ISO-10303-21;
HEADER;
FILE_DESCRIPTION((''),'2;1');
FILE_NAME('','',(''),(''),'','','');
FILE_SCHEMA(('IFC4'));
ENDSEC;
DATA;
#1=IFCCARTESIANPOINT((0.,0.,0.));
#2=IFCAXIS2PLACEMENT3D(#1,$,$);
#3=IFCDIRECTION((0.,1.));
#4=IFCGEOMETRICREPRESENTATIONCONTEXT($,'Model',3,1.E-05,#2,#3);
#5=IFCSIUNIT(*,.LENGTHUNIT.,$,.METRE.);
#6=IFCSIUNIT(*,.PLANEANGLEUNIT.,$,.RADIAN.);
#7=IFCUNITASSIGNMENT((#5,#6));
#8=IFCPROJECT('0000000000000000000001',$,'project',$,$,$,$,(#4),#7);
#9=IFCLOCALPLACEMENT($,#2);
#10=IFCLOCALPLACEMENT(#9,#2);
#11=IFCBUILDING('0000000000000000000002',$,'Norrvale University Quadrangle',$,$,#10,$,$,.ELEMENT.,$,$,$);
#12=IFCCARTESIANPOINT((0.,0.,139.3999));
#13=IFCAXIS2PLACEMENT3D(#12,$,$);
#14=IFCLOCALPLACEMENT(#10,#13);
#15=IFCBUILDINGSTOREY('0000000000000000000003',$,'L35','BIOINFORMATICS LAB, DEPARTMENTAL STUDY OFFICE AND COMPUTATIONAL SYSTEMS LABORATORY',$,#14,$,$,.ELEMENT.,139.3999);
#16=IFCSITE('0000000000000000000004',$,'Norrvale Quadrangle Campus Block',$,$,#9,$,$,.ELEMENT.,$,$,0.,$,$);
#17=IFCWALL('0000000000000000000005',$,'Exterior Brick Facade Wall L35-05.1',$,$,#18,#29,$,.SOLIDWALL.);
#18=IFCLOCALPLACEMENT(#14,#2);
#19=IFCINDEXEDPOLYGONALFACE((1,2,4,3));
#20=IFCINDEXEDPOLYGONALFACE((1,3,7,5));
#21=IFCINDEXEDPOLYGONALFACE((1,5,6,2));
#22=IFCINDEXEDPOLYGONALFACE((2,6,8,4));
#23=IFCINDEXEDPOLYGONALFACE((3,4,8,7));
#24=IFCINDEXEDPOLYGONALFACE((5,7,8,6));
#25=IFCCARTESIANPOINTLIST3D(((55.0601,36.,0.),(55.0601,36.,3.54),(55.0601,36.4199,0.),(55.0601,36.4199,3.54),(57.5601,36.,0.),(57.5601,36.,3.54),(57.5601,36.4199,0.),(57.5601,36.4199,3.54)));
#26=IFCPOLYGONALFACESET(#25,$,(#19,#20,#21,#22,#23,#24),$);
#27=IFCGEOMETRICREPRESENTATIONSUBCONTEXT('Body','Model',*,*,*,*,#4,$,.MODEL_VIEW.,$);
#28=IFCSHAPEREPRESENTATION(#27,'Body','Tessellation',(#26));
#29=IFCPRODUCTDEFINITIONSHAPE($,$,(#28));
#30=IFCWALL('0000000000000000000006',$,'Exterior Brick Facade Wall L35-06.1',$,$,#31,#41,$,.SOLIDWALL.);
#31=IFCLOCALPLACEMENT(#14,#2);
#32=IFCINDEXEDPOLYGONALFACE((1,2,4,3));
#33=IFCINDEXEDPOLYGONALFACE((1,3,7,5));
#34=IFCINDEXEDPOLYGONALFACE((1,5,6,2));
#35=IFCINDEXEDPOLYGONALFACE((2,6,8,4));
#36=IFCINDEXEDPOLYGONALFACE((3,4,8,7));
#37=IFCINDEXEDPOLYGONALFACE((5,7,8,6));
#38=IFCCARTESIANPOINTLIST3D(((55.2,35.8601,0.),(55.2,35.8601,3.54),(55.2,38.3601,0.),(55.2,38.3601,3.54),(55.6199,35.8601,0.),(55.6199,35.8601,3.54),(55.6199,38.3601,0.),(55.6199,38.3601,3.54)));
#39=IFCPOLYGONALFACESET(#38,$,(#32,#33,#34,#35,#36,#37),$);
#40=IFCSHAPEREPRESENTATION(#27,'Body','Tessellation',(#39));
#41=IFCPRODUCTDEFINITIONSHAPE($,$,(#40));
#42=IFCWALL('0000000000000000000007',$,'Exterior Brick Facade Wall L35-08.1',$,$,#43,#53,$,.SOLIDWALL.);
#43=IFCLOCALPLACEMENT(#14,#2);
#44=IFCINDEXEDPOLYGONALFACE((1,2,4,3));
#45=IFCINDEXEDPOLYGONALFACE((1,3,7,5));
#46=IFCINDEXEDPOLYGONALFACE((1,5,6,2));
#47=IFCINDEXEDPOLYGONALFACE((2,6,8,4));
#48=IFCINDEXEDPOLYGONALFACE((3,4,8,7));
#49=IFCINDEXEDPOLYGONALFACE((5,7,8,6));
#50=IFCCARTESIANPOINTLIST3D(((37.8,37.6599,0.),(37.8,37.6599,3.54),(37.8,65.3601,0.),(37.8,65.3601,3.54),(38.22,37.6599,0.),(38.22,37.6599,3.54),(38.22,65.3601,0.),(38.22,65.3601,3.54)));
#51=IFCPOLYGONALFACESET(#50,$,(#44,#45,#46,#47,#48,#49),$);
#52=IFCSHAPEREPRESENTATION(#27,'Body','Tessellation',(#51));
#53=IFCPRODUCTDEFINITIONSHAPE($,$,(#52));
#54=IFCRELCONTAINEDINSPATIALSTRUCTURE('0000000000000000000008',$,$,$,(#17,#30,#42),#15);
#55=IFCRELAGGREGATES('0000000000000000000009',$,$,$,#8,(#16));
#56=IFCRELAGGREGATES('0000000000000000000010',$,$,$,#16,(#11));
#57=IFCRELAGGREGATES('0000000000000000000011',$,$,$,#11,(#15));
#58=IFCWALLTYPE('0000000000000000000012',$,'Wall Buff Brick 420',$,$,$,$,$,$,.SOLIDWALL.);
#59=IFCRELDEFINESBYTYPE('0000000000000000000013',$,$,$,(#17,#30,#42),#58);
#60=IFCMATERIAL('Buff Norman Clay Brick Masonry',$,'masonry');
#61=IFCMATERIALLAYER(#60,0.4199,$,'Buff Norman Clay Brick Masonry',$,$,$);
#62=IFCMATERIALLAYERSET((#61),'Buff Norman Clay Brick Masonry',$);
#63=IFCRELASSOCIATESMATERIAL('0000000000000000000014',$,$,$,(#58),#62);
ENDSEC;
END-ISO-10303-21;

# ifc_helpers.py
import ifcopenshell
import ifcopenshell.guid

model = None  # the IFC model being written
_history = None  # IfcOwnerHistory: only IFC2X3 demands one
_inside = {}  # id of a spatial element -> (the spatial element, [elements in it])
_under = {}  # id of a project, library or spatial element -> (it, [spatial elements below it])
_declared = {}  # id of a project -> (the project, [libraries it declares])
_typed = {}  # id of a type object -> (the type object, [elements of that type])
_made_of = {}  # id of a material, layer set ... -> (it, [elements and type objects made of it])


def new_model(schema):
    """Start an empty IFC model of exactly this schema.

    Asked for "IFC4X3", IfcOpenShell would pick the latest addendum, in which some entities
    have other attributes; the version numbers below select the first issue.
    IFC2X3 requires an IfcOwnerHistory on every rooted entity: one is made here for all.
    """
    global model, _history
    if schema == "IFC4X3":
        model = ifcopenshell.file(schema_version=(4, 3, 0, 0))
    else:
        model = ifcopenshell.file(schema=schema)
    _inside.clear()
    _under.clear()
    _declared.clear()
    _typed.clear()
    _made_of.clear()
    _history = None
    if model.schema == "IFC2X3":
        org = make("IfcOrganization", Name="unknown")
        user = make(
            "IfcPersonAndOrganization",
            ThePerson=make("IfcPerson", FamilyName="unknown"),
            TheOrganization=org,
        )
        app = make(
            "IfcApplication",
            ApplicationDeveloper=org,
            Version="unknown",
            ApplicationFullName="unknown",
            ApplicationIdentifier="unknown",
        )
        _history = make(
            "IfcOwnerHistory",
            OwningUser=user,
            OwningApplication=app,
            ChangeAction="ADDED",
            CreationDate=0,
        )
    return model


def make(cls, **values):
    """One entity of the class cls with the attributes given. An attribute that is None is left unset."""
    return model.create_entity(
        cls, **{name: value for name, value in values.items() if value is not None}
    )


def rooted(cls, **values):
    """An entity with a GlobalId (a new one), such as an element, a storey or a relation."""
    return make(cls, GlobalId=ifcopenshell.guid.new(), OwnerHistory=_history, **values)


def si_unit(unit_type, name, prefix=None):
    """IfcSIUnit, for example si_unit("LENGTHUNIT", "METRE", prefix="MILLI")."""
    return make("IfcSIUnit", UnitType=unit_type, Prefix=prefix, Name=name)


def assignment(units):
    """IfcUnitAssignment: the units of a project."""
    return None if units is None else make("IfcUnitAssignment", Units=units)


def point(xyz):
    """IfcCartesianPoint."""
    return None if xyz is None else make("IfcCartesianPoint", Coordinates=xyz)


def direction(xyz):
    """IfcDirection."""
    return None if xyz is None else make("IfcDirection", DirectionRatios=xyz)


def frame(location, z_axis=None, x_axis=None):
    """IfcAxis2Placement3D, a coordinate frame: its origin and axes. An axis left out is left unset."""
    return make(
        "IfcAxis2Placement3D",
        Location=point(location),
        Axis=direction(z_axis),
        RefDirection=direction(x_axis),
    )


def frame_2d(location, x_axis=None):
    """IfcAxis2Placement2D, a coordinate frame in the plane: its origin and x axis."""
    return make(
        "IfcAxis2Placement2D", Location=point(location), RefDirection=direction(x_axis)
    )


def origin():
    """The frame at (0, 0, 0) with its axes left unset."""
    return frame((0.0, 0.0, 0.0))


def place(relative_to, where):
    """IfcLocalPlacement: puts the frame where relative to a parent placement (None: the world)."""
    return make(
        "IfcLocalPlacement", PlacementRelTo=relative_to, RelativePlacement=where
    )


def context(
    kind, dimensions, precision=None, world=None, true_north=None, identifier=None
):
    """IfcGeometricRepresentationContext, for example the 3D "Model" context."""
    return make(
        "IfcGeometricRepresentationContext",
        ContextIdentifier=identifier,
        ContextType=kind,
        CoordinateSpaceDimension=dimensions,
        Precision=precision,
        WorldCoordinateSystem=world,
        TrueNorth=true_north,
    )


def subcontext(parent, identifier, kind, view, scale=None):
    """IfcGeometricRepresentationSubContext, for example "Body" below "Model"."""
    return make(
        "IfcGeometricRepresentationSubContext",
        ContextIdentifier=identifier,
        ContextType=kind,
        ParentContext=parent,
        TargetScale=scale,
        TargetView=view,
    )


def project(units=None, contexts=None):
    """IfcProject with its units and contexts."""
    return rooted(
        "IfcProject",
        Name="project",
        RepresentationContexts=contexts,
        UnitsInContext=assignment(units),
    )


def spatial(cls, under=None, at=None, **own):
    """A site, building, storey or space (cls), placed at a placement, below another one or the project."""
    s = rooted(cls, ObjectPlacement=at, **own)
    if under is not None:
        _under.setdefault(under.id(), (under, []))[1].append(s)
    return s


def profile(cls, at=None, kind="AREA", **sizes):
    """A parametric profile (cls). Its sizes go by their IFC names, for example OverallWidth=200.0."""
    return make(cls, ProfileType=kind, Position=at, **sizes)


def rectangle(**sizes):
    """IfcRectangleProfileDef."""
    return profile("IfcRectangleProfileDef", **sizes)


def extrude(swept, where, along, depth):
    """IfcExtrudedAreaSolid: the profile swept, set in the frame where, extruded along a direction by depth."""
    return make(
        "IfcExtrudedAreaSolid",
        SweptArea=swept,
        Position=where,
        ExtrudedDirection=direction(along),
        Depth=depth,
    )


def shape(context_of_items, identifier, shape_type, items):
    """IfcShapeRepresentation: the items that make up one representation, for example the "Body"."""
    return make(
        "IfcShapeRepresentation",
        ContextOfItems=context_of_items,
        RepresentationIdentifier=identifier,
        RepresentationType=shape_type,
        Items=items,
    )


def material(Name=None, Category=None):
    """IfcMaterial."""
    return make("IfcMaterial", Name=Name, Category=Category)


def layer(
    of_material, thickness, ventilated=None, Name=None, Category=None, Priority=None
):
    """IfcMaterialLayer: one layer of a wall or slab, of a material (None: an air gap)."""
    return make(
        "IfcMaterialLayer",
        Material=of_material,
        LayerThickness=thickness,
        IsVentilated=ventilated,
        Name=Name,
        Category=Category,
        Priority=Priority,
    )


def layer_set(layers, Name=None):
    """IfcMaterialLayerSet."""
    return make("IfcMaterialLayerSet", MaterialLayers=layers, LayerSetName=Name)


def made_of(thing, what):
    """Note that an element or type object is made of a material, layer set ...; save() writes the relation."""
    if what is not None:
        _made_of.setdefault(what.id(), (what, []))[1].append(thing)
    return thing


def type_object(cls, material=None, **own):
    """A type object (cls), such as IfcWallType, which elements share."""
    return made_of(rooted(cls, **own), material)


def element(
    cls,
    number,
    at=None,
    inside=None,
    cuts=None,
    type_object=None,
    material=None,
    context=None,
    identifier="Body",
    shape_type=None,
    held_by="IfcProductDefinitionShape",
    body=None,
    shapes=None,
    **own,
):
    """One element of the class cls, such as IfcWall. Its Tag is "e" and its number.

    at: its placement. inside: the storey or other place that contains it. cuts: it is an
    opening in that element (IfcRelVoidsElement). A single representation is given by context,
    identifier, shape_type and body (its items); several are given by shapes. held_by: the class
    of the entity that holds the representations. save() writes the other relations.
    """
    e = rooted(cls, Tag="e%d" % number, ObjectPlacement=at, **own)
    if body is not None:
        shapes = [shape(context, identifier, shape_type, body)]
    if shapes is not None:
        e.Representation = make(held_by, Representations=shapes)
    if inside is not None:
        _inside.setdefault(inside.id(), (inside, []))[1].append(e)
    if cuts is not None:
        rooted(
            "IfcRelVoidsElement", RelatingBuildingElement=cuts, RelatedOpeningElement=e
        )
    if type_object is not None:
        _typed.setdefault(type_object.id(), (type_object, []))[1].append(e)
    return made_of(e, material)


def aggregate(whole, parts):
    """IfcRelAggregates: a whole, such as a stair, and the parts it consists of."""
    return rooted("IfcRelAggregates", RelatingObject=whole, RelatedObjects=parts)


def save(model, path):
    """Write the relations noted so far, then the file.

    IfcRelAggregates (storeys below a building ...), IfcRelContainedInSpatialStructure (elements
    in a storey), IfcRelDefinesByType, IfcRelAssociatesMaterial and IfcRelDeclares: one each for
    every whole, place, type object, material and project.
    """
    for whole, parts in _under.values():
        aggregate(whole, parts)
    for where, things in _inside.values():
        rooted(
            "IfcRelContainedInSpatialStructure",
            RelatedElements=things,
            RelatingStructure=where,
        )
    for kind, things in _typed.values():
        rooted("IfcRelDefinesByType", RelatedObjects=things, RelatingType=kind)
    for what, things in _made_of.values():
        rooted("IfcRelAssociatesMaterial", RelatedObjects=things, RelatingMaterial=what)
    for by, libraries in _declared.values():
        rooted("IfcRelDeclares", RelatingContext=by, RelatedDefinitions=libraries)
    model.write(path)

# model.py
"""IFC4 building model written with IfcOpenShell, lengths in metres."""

from ifc_helpers import new_model, si_unit, direction, frame, frame_2d, origin, place, context, subcontext, project, spatial, rectangle, extrude, material, layer, layer_set, type_object, element, save


model = new_model("IFC4")

# Units and contexts
model_context = context("Model", 3, precision=1e-05, world=origin(), true_north=direction((0.0, 1.0)))
body_context = subcontext(model_context, "Body", "Model", "MODEL_VIEW")
ifc_project = project(units=[si_unit("LENGTHUNIT", "METRE"), si_unit("PLANEANGLEUNIT", "RADIAN")], contexts=[model_context])

# Site, building, storey
site_placement = place(None, origin())
site = spatial("IfcSite", under=ifc_project, at=site_placement, Name="Norrvale Quadrangle Campus Block", CompositionType="ELEMENT", RefElevation=0.0)
building_placement = place(site_placement, origin())
building = spatial("IfcBuilding", under=site, at=building_placement, Name="Norrvale University Quadrangle", CompositionType="ELEMENT")
storey_placement = place(building_placement, frame((0.0, 0.0, 139.3999)))
storey = spatial("IfcBuildingStorey", under=building, at=storey_placement, Name="L35", Description="BIOINFORMATICS LAB, DEPARTMENTAL STUDY OFFICE AND COMPUTATIONAL SYSTEMS LABORATORY", CompositionType="ELEMENT", Elevation=139.3999)

# Walls
ifc_material_1 = material(Name="Buff Norman Clay Brick Masonry", Category="masonry")
ifc_layer = layer(ifc_material_1, 0.4199, Name="Buff Norman Clay Brick Masonry")
ifc_layer_set = layer_set([ifc_layer], Name="Buff Norman Clay Brick Masonry")
wall_type = type_object("IfcWallType", Name="Wall Buff Brick 420", PredefinedType="SOLIDWALL", material=ifc_layer_set)
for number, where, z_axis, x_axis, name in (
    (1, (57.5601, 36.21, 0.0), (0.0, 0.0, 1.0), (-1.0, 0.0, 0.0), "Exterior Brick Facade Wall L35-05.1"),
    (2, (55.4099, 35.8601, 0.0), (0.0, 0.0, 1.0), (0.0, 1.0, 0.0), "Exterior Brick Facade Wall L35-06.1"),
):
    element("IfcWall", number, at=place(storey_placement, frame(where, z_axis=z_axis, x_axis=x_axis)), inside=storey, type_object=wall_type, Name=name, PredefinedType="SOLIDWALL", context=body_context, shape_type="SweptSolid", body=[
        extrude(rectangle(XDim=2.5, YDim=0.4199, at=frame_2d((1.25, 0.0))), origin(), (0.0, 0.0, 1.0), 3.54),
    ])
wall_placement = place(storey_placement, frame((38.01, 37.6599, 0.0), z_axis=(0.0, 0.0, 1.0), x_axis=(0.0, 1.0, 0.0)))
element("IfcWall", 3, at=wall_placement, inside=storey, type_object=wall_type, Name="Exterior Brick Facade Wall L35-08.1", PredefinedType="SOLIDWALL", context=body_context, shape_type="SweptSolid", body=[
    extrude(rectangle(XDim=27.7002, YDim=0.4199, at=frame_2d((13.8501, 0.0))), origin(), (0.0, 0.0, 1.0), 3.54),
])

save(model, "model.ifc")
